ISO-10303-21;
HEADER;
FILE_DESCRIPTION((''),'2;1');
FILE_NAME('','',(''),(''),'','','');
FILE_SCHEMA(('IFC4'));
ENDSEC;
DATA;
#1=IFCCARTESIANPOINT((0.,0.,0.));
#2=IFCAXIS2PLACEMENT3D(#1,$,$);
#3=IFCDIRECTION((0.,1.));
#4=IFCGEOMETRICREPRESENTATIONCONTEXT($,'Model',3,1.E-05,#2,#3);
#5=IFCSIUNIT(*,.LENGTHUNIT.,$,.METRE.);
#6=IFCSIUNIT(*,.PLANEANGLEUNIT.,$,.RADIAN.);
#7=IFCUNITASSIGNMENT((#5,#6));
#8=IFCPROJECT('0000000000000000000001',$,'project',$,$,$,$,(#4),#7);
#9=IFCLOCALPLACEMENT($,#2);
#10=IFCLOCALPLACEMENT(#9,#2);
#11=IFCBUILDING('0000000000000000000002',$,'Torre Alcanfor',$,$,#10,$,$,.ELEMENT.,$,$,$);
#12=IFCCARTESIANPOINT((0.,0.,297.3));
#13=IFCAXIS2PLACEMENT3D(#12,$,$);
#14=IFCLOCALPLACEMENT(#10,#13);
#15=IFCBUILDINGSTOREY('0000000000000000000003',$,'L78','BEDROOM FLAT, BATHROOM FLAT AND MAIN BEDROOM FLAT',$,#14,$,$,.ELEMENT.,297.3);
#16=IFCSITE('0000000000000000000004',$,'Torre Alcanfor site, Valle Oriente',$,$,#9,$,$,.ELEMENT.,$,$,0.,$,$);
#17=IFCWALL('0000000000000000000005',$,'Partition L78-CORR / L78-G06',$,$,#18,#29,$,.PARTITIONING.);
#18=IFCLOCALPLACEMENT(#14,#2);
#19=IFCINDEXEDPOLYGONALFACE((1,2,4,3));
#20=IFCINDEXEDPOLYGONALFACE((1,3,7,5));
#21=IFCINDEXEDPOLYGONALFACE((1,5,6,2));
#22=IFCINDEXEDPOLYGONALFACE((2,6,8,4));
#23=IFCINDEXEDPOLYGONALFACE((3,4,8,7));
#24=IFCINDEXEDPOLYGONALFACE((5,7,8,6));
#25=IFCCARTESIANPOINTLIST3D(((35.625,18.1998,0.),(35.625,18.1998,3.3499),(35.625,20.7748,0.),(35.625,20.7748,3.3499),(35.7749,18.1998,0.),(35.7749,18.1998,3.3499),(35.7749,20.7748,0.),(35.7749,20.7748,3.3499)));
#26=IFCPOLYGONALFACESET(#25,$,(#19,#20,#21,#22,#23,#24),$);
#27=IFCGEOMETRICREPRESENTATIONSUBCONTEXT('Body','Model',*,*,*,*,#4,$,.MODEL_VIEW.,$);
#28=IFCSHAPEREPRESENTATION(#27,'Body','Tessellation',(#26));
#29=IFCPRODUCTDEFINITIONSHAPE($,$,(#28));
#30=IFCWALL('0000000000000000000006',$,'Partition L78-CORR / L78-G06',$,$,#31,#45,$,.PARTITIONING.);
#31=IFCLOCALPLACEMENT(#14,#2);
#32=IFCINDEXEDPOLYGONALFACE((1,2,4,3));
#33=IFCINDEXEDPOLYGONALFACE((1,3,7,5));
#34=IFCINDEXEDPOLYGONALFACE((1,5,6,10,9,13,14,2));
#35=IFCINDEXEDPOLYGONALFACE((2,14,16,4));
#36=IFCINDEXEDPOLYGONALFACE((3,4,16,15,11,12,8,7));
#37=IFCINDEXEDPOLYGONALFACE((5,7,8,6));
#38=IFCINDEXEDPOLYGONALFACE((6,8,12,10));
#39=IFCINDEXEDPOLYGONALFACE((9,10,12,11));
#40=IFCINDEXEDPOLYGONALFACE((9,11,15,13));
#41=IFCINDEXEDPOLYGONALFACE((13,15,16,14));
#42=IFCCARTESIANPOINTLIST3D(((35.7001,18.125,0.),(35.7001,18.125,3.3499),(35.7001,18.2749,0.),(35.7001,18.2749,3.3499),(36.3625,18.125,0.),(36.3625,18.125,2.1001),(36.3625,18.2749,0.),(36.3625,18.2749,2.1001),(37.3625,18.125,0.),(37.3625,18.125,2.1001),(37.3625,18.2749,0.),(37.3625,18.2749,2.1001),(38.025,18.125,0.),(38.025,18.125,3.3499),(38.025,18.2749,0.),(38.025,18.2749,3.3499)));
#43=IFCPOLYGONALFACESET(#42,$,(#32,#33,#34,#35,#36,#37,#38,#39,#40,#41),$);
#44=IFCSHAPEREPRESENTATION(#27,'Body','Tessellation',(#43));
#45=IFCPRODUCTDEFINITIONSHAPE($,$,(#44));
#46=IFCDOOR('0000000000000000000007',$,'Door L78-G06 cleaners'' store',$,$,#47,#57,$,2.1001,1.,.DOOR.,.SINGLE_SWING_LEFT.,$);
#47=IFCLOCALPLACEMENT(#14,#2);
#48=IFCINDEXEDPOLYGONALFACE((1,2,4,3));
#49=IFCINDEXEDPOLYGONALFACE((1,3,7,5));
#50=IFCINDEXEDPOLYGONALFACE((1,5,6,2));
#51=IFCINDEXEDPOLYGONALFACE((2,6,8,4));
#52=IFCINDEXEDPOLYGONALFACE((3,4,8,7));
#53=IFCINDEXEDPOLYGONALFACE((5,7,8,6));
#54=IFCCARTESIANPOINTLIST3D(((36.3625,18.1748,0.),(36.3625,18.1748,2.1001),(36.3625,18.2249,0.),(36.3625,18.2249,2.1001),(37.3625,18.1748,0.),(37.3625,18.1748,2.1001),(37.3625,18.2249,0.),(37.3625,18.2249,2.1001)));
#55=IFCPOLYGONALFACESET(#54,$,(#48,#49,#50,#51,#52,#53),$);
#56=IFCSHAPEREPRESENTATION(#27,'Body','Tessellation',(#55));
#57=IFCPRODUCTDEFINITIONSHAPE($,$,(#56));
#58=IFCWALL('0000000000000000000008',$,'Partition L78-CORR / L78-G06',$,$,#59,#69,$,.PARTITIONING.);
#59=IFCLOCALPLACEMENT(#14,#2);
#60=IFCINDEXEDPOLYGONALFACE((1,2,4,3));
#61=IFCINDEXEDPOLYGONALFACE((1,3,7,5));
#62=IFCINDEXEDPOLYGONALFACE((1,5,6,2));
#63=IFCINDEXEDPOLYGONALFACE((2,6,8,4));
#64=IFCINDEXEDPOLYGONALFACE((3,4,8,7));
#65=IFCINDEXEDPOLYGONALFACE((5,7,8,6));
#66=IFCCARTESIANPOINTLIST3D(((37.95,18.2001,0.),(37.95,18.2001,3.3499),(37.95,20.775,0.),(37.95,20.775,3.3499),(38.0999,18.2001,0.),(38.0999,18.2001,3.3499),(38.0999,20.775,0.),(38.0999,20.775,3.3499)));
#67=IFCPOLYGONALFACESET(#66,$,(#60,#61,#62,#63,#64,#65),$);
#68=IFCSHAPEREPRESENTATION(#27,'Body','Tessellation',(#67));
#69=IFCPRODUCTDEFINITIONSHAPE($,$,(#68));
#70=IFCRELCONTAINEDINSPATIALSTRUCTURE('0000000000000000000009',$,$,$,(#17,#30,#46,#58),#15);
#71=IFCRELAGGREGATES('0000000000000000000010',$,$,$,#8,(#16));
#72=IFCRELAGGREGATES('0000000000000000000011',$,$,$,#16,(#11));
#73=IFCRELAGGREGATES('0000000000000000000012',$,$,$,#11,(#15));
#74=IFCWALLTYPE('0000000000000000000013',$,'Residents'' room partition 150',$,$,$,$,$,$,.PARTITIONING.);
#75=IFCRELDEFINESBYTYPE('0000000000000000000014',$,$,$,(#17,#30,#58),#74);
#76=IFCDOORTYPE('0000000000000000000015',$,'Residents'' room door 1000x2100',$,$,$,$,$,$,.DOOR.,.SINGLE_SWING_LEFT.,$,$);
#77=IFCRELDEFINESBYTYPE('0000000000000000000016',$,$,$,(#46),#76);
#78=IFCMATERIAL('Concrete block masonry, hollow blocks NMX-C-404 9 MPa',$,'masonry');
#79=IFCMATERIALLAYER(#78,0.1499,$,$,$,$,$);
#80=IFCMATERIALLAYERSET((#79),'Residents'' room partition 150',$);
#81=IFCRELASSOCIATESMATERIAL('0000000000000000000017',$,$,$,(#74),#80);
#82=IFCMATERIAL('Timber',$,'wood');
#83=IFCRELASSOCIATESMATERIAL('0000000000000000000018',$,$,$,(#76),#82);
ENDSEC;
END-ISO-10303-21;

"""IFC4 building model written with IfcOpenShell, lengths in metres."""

from ifc_helpers import new_model, si_unit, direction, frame, frame_2d, origin, place, context, subcontext, project, spatial, rectangle, extrude, material, layer, layer_set, type_object, element, fill, save


model = new_model("IFC4")

# Units and contexts
model_context = context("Model", 3, precision=1e-05, world=origin(), true_north=direction((0.0, 1.0)))
body_context = subcontext(model_context, "Body", "Model", "MODEL_VIEW")
ifc_project = project(units=[si_unit("LENGTHUNIT", "METRE"), si_unit("PLANEANGLEUNIT", "RADIAN")], contexts=[model_context])

# Site, building, storey
site_placement = place(None, origin())
site = spatial("IfcSite", under=ifc_project, at=site_placement, Name="Torre Alcanfor site, Valle Oriente", CompositionType="ELEMENT", RefElevation=0.0)
building_placement = place(site_placement, origin())
building = spatial("IfcBuilding", under=site, at=building_placement, Name="Torre Alcanfor", CompositionType="ELEMENT")
storey_placement = place(building_placement, frame((0.0, 0.0, 297.3)))
storey = spatial("IfcBuildingStorey", under=building, at=storey_placement, Name="L78", Description="BEDROOM FLAT, BATHROOM FLAT AND MAIN BEDROOM FLAT", CompositionType="ELEMENT", Elevation=297.3)

# Wall
ifc_material_1 = material(Name="Concrete block masonry, hollow blocks NMX-C-404 9 MPa", Category="masonry")
ifc_layer_1 = layer(ifc_material_1, 0.1499)
ifc_layer_set_1 = layer_set([ifc_layer_1], Name="Residents' room partition 150")
wall_type_1 = type_object("IfcWallType", Name="Residents' room partition 150", PredefinedType="PARTITIONING", material=ifc_layer_set_1)
wall_1_placement = place(storey_placement, frame((35.7, 20.7749, 0.0), z_axis=(0.0, 0.0, 1.0), x_axis=(0.0, -1.0, 0.0)))
element("IfcWall", 1, at=wall_1_placement, inside=storey, type_object=wall_type_1, Name="Partition L78-CORR / L78-G06", PredefinedType="PARTITIONING", context=body_context, shape_type="SweptSolid", body=[
    extrude(rectangle(XDim=2.575, YDim=0.1499, at=frame_2d((1.2876, 0.0))), origin(), (0.0, 0.0, 1.0), 3.3499),
])

# Wall, opening, door
wall_2_placement = place(storey_placement, frame((35.7, 18.2, 0.0), z_axis=(0.0, 0.0, 1.0), x_axis=(1.0, 0.0, 0.0)))
wall_2 = element("IfcWall", 2, at=wall_2_placement, inside=storey, type_object=wall_type_1, Name="Partition L78-CORR / L78-G06", PredefinedType="PARTITIONING", context=body_context, shape_type="SweptSolid", body=[
    extrude(rectangle(XDim=2.325, YDim=0.1499, at=frame_2d((1.1626, 0.0))), origin(), (0.0, 0.0, 1.0), 3.3499),
])
opening_1_placement = place(wall_2_placement, frame((0.6626, 0.0, 0.0)))
opening_1 = element("IfcOpeningElement", 3, at=opening_1_placement, cuts=wall_2, PredefinedType="OPENING", context=body_context, shape_type="SweptSolid", body=[
    extrude(rectangle(XDim=1.0, YDim=2.1001, at=frame_2d((0.5, 1.05))), frame((0.0, 0.085, 0.0), z_axis=(0.0, -1.0, 0.0), x_axis=(1.0, 0.0, 0.0)), (0.0, 0.0, 1.0), 0.1699),
])
ifc_material_2 = material(Name="Timber", Category="wood")
door_type_1 = type_object("IfcDoorType", Name="Residents' room door 1000x2100", OperationType="SINGLE_SWING_LEFT", PredefinedType="DOOR", material=ifc_material_2)
door_1_placement = place(opening_1_placement, origin())
door_1 = element("IfcDoor", 4, at=door_1_placement, inside=storey, type_object=door_type_1, Name="Door L78-G06 cleaners' store", OperationType="SINGLE_SWING_LEFT", OverallHeight=2.1001, OverallWidth=1.0, PredefinedType="DOOR", context=body_context, shape_type="SweptSolid", body=[
    extrude(rectangle(XDim=1.0, YDim=2.1001, at=frame_2d((0.5, 1.05))), frame((0.0, 0.0249, 0.0), z_axis=(0.0, -1.0, 0.0), x_axis=(1.0, 0.0, 0.0)), (0.0, 0.0, 1.0), 0.05),
])
fill(opening_1, door_1)

# Wall
wall_3_placement = place(storey_placement, frame((38.0249, 18.2, 0.0), z_axis=(0.0, 0.0, 1.0), x_axis=(0.0, 1.0, 0.0)))
element("IfcWall", 5, at=wall_3_placement, inside=storey, type_object=wall_type_1, Name="Partition L78-CORR / L78-G06", PredefinedType="PARTITIONING", context=body_context, shape_type="SweptSolid", body=[
    extrude(rectangle(XDim=2.575, YDim=0.1499, at=frame_2d((1.2876, 0.0))), origin(), (0.0, 0.0, 1.0), 3.3499),
])

save(model, "model.ifc")
